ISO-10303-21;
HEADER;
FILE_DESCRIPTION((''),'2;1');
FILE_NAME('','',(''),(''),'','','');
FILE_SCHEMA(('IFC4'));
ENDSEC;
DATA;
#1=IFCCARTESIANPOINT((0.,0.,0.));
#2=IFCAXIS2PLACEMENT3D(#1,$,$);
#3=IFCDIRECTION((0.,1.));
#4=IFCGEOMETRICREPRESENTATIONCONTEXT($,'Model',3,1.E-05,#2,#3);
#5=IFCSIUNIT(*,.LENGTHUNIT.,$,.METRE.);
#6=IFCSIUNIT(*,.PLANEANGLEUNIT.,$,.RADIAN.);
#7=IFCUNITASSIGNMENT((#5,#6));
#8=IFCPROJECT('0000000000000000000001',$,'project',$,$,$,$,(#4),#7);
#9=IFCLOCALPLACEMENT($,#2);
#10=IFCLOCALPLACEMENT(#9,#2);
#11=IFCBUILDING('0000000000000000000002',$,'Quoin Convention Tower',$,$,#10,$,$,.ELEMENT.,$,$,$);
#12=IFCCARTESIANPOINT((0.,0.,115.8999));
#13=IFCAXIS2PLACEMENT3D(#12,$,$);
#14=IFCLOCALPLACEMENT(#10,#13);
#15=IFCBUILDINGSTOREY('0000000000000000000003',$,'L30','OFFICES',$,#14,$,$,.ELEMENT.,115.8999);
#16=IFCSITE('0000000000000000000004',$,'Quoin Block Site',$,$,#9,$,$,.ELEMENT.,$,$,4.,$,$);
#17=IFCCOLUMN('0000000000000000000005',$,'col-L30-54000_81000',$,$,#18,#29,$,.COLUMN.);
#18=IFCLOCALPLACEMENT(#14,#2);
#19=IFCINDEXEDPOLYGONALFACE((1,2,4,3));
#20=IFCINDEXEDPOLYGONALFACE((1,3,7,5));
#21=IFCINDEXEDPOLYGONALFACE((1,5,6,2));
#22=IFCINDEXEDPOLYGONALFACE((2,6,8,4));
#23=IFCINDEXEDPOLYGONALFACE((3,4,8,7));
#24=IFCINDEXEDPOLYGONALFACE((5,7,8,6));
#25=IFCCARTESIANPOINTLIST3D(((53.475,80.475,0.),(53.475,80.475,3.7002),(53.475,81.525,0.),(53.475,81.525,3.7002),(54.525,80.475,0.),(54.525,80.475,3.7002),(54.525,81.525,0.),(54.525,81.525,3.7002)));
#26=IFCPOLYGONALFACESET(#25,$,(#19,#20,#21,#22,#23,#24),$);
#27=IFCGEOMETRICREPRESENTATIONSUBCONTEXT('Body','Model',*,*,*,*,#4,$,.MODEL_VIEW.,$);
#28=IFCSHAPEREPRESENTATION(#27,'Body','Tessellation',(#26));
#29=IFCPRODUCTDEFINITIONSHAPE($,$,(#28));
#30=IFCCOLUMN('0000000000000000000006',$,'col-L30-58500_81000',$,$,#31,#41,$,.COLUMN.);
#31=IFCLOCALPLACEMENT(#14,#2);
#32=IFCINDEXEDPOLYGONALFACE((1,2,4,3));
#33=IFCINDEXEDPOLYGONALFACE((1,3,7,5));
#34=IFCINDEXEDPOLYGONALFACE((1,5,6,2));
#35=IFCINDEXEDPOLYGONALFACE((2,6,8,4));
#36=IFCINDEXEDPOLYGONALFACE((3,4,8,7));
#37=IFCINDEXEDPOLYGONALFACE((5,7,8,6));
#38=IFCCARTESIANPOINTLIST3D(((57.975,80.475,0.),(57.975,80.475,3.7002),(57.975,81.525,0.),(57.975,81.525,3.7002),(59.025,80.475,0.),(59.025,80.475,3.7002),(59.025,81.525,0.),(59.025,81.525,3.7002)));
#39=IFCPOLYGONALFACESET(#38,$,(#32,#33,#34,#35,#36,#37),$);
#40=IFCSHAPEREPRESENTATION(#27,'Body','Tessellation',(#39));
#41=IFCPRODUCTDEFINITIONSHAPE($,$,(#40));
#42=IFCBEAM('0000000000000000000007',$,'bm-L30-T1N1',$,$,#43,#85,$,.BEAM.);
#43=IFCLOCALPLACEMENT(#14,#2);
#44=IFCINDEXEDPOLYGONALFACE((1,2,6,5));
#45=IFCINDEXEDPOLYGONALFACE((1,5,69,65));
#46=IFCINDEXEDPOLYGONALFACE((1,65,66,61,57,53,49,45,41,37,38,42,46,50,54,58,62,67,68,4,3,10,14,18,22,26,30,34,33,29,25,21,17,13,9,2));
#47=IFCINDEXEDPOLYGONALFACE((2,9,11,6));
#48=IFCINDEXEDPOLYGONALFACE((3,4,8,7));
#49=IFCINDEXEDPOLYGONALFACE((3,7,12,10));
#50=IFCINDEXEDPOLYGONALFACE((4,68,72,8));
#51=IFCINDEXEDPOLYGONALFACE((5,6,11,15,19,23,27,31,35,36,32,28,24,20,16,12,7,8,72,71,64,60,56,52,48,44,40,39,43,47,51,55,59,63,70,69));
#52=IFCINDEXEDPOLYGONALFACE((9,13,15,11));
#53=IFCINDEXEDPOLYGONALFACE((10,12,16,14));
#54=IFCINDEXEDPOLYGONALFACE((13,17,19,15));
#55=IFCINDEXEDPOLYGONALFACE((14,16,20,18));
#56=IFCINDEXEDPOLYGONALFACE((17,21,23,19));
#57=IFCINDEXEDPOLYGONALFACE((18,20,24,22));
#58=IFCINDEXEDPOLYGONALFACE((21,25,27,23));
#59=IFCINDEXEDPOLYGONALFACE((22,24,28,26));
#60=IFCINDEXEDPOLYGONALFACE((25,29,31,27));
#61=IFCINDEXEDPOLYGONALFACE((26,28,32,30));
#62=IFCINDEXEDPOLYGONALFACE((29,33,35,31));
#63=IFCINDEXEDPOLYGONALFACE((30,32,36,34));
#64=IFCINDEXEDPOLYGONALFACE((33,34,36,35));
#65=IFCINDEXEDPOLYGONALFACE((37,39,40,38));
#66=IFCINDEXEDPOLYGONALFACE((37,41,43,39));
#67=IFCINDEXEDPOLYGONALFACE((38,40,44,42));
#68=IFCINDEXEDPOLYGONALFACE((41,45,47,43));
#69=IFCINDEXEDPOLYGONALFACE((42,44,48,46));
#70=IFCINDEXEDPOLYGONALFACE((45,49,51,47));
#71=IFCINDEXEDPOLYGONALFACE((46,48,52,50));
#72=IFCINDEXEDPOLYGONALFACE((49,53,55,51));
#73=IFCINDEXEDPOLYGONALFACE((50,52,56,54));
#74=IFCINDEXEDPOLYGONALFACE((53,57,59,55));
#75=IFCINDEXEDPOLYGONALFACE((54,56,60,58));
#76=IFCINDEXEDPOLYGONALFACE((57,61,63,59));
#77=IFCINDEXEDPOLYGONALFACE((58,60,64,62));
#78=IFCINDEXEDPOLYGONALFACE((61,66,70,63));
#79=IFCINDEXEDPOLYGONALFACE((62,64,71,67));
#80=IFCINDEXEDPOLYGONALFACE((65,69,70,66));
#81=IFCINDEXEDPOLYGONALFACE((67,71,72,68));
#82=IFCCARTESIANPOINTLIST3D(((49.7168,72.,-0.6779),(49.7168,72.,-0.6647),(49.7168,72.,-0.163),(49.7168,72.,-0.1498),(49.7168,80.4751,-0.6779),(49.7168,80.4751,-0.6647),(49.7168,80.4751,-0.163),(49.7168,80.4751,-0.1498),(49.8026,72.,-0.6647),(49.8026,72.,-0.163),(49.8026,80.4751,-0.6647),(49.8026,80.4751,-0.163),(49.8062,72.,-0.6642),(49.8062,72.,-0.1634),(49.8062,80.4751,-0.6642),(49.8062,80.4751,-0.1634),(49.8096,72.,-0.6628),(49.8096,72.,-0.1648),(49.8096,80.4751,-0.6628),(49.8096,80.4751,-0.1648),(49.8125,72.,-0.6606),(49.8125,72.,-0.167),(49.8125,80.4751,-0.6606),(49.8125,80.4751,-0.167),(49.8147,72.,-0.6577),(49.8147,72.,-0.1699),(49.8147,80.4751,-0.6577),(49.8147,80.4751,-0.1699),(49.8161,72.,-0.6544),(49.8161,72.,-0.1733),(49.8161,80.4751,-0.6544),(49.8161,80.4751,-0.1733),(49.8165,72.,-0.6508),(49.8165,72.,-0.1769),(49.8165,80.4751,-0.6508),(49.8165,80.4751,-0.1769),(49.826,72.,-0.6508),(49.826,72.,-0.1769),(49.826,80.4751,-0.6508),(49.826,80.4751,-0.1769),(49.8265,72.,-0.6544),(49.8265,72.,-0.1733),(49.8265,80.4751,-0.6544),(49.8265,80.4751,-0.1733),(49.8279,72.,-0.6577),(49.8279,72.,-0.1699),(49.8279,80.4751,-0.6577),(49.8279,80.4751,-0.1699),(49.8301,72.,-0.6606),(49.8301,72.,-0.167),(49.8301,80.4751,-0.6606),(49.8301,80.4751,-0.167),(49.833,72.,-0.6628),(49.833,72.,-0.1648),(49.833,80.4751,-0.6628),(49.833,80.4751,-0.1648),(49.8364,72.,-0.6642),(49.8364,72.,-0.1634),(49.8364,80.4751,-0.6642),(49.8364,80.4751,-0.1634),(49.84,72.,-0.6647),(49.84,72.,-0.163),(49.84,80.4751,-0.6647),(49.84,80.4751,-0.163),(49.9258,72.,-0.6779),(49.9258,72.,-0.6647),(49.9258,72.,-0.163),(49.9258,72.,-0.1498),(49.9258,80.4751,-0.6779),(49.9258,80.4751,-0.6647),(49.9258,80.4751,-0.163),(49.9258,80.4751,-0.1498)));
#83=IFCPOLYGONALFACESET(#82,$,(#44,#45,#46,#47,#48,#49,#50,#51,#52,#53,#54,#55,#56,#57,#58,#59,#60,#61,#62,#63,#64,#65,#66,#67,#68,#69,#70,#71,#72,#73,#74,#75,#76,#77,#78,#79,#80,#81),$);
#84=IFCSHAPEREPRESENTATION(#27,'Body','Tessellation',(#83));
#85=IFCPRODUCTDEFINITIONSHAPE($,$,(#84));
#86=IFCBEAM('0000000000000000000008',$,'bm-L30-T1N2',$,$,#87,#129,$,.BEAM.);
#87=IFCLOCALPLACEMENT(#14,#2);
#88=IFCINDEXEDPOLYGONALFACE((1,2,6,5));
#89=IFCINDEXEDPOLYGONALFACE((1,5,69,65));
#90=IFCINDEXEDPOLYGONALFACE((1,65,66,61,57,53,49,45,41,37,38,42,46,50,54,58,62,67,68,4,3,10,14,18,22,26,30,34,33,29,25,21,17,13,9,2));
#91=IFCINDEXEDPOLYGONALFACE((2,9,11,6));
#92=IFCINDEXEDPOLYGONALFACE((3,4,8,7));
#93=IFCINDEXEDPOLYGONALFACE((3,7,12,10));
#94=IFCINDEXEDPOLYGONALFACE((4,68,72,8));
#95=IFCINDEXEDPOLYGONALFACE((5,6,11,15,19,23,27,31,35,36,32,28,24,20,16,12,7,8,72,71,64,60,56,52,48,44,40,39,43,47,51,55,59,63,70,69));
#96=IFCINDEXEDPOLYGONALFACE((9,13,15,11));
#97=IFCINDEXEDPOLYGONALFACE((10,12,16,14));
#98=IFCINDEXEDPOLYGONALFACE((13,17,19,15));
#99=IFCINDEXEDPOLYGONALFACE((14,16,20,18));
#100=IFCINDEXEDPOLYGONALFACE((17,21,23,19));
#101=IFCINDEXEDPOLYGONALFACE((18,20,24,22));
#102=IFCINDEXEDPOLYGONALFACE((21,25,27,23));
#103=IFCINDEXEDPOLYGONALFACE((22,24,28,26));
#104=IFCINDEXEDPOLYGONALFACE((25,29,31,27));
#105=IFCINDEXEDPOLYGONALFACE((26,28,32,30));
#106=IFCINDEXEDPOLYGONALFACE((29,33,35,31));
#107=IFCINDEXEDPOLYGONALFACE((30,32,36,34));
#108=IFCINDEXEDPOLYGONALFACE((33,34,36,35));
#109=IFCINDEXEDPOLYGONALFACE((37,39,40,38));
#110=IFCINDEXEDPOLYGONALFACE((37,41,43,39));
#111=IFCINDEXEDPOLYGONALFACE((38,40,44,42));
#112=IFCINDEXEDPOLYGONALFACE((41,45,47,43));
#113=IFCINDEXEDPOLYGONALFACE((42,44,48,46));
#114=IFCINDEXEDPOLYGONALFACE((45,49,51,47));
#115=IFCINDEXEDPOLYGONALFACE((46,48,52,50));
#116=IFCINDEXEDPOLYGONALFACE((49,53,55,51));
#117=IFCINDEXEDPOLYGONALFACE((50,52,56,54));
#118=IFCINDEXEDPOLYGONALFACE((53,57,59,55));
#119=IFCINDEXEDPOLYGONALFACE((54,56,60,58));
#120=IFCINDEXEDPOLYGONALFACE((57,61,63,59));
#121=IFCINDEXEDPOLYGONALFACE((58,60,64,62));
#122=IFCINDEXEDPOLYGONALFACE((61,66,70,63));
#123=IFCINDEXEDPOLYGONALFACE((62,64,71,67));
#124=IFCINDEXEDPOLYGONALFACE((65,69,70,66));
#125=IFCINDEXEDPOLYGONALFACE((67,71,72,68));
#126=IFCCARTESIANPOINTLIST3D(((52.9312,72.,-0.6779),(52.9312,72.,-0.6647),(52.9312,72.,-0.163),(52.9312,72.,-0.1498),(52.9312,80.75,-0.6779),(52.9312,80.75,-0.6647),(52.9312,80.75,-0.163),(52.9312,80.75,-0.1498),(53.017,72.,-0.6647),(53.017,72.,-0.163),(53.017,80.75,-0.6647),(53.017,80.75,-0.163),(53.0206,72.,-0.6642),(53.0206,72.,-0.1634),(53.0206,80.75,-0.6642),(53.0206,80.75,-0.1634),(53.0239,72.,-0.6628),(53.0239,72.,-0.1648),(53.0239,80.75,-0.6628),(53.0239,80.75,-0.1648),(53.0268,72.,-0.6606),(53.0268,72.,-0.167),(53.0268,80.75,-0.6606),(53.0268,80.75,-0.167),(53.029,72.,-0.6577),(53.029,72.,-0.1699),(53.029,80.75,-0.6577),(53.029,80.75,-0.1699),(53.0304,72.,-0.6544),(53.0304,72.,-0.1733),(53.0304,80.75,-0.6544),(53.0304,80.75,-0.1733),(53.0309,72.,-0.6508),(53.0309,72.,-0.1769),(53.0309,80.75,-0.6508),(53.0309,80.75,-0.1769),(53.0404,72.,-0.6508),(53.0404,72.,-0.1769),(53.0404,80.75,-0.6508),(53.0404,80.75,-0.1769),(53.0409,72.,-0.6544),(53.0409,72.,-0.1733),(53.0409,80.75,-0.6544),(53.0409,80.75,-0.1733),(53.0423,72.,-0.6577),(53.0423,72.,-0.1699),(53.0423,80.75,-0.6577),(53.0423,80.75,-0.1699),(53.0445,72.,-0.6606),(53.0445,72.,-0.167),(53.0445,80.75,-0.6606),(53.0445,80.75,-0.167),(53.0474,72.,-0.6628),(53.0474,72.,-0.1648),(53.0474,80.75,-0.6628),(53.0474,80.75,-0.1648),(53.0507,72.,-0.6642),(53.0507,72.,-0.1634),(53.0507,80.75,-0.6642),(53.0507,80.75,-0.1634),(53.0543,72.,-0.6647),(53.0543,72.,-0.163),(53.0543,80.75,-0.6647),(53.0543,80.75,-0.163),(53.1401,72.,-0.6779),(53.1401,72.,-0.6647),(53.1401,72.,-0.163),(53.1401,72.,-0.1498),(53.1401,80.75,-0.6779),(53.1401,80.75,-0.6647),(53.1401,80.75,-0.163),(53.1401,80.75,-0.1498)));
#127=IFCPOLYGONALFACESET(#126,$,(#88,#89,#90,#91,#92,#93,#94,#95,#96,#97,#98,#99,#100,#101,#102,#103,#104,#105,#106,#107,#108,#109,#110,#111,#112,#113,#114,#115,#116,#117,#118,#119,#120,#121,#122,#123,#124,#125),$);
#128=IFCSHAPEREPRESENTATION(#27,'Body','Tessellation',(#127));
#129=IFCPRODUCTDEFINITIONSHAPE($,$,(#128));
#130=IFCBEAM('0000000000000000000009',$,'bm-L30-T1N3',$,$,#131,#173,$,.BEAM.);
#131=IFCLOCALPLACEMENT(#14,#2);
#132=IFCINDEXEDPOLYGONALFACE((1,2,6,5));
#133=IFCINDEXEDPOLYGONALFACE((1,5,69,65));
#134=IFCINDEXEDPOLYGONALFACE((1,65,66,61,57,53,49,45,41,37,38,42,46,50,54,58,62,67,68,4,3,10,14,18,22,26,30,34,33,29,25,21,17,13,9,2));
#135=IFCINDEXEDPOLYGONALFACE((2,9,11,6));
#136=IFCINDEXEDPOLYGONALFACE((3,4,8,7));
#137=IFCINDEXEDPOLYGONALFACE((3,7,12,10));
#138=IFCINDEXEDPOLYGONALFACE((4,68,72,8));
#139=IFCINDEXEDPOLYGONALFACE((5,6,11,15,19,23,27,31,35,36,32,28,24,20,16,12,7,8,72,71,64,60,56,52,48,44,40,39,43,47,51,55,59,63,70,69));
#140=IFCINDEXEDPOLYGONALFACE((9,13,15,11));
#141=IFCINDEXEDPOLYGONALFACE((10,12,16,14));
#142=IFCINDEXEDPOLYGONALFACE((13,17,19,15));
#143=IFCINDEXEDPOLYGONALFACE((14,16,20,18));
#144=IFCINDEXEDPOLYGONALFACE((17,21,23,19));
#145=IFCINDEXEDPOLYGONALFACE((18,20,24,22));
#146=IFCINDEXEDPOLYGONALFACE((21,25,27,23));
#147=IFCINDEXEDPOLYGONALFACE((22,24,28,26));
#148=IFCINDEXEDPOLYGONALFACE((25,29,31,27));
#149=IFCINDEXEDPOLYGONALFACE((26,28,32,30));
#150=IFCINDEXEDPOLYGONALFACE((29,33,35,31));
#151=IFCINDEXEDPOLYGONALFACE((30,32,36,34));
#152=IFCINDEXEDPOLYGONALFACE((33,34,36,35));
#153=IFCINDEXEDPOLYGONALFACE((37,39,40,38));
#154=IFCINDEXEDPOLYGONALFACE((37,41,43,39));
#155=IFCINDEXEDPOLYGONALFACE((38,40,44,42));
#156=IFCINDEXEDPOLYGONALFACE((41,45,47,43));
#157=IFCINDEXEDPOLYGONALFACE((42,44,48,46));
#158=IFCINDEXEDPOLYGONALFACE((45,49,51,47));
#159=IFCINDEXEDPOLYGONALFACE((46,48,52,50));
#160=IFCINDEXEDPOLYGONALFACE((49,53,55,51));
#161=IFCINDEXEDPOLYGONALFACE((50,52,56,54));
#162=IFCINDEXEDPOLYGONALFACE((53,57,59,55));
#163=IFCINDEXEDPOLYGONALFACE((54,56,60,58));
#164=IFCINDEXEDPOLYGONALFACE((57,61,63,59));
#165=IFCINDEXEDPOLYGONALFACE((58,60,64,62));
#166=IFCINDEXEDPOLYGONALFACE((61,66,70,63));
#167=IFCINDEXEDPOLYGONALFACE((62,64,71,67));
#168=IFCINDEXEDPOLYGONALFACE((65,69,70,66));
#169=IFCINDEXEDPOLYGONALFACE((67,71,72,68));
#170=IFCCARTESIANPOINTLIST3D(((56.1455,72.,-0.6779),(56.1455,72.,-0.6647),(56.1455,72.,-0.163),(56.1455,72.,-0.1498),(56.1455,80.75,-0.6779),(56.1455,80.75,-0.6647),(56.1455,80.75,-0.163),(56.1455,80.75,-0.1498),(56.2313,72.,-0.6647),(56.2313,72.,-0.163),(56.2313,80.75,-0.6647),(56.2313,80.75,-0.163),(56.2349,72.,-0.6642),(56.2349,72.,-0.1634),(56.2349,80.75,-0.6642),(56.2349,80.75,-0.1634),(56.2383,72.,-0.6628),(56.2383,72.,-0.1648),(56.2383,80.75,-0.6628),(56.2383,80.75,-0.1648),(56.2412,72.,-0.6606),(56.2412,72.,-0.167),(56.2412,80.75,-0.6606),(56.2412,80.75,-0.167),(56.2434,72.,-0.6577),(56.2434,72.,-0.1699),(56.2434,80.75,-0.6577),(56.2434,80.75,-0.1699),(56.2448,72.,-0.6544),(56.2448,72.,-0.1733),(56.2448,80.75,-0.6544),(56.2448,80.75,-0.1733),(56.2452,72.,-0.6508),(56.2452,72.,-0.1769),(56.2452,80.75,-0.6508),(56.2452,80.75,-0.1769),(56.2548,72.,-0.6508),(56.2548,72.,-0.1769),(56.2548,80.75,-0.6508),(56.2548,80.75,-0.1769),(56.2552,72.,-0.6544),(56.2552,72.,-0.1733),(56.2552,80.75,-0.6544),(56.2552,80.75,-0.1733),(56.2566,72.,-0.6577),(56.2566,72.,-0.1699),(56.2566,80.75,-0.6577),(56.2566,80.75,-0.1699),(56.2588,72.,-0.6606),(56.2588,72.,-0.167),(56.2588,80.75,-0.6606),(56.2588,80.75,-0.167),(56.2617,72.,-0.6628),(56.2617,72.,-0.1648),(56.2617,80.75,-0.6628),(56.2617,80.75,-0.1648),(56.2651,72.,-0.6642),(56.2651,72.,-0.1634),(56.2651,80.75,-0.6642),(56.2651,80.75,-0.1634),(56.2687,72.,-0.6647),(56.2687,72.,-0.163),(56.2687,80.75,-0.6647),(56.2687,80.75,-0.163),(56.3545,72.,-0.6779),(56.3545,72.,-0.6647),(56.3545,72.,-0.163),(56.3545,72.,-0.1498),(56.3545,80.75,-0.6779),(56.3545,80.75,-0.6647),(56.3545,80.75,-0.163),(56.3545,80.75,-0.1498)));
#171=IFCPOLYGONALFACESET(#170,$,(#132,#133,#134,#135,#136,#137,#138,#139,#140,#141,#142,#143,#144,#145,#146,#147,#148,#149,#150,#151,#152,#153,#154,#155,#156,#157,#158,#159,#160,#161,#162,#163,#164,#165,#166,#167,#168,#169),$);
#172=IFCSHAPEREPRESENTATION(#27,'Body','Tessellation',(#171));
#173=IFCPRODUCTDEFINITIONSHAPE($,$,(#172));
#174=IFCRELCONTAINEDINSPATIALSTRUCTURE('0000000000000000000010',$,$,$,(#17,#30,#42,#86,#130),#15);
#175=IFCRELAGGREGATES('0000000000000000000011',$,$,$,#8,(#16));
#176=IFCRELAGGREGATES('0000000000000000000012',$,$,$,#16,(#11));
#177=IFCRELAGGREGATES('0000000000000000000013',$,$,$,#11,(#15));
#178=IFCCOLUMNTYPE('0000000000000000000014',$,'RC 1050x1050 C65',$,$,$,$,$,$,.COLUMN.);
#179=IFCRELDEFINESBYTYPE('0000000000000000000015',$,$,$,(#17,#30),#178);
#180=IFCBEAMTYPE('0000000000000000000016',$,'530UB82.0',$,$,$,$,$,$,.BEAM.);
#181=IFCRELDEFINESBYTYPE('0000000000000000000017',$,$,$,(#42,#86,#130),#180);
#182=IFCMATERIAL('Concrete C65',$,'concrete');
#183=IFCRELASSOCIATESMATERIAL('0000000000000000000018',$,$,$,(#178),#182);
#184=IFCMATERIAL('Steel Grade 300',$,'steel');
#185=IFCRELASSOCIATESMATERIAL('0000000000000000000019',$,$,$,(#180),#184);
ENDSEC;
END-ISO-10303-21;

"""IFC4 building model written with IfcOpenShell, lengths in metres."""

from ifc_helpers import new_model, si_unit, direction, frame, origin, origin_2d, place, context, subcontext, project, spatial, rectangle, i_section, extrude, material, material_profile, profile_set, type_object, element, save


model = new_model("IFC4")

# Units and contexts
model_context = context("Model", 3, precision=1e-05, world=origin(), true_north=direction((0.0, 1.0)))
body_context = subcontext(model_context, "Body", "Model", "MODEL_VIEW")
ifc_project = project(units=[si_unit("LENGTHUNIT", "METRE"), si_unit("PLANEANGLEUNIT", "RADIAN")], contexts=[model_context])

# Site, building, storey
site_placement = place(None, origin())
site = spatial("IfcSite", under=ifc_project, at=site_placement, Name="Quoin Block Site", CompositionType="ELEMENT", RefElevation=4.0)
building_placement = place(site_placement, origin())
building = spatial("IfcBuilding", under=site, at=building_placement, Name="Quoin Convention Tower", CompositionType="ELEMENT")
storey_placement = place(building_placement, frame((0.0, 0.0, 115.8999)))
storey = spatial("IfcBuildingStorey", under=building, at=storey_placement, Name="L30", Description="OFFICES", CompositionType="ELEMENT", Elevation=115.8999)

# Columns
ifc_material_1 = material(Name="Concrete C65", Category="concrete")
ifc_material_profile_1 = material_profile(ifc_material_1, rectangle(XDim=1.05, YDim=1.05, at=origin_2d()), Name="RC 1050x1050")
ifc_profile_set_1 = profile_set([ifc_material_profile_1], Name="Concrete C65")
column_type = type_object("IfcColumnType", Name="RC 1050x1050 C65", PredefinedType="COLUMN", material=ifc_profile_set_1)
for number, where, z_axis, x_axis, name in (
    (1, (54.0, 81.0, 0.0), (0.0, 0.0, 1.0), (1.0, 0.0, 0.0), "col-L30-54000_81000"),
    (2, (58.5, 81.0, 0.0), (0.0, 0.0, 1.0), (1.0, 0.0, 0.0), "col-L30-58500_81000"),
):
    element("IfcColumn", number, at=place(storey_placement, frame(where, z_axis=z_axis, x_axis=x_axis)), inside=storey, type_object=column_type, Name=name, PredefinedType="COLUMN", context=body_context, shape_type="SweptSolid", body=[
        extrude(rectangle(XDim=1.05, YDim=1.05, at=origin_2d()), origin(), (0.0, 0.0, 1.0), 3.7002),
    ])

# Beams
ifc_material_2 = material(Name="Steel Grade 300", Category="steel")
ifc_material_profile_2 = material_profile(ifc_material_2, i_section(OverallWidth=0.209, OverallDepth=0.5281, WebThickness=0.0095, FlangeThickness=0.0132, FilletRadius=0.0139, at=origin_2d()), Name="530UB82.0")
ifc_profile_set_2 = profile_set([ifc_material_profile_2], Name="Steel Grade 300")
beam_type_1 = type_object("IfcBeamType", Name="530UB82.0", PredefinedType="BEAM", material=ifc_profile_set_2)
beam_placement = place(storey_placement, frame((49.8213, 72.0, -0.4138), z_axis=(0.0, 1.0, 0.0), x_axis=(-1.0, 0.0, 0.0)))
element("IfcBeam", 3, at=beam_placement, inside=storey, type_object=beam_type_1, Name="bm-L30-T1N1", PredefinedType="BEAM", context=body_context, shape_type="SweptSolid", body=[
    extrude(i_section(OverallWidth=0.209, OverallDepth=0.5281, WebThickness=0.0095, FlangeThickness=0.0132, FilletRadius=0.0139, at=origin_2d()), origin(), (0.0, 0.0, 1.0), 8.4751),
])
for number, where, z_axis, x_axis, name in (
    (4, (53.0356, 72.0, -0.4138), (0.0, 1.0, 0.0), (-1.0, 0.0, 0.0), "bm-L30-T1N2"),
    (5, (56.25, 72.0, -0.4138), (0.0, 1.0, 0.0), (-1.0, 0.0, 0.0), "bm-L30-T1N3"),
):
    element("IfcBeam", number, at=place(storey_placement, frame(where, z_axis=z_axis, x_axis=x_axis)), inside=storey, type_object=beam_type_1, Name=name, PredefinedType="BEAM", context=body_context, shape_type="SweptSolid", body=[
        extrude(i_section(OverallWidth=0.209, OverallDepth=0.5281, WebThickness=0.0095, FlangeThickness=0.0132, FilletRadius=0.0139, at=origin_2d()), origin(), (0.0, 0.0, 1.0), 8.75),
    ])

save(model, "model.ifc")
